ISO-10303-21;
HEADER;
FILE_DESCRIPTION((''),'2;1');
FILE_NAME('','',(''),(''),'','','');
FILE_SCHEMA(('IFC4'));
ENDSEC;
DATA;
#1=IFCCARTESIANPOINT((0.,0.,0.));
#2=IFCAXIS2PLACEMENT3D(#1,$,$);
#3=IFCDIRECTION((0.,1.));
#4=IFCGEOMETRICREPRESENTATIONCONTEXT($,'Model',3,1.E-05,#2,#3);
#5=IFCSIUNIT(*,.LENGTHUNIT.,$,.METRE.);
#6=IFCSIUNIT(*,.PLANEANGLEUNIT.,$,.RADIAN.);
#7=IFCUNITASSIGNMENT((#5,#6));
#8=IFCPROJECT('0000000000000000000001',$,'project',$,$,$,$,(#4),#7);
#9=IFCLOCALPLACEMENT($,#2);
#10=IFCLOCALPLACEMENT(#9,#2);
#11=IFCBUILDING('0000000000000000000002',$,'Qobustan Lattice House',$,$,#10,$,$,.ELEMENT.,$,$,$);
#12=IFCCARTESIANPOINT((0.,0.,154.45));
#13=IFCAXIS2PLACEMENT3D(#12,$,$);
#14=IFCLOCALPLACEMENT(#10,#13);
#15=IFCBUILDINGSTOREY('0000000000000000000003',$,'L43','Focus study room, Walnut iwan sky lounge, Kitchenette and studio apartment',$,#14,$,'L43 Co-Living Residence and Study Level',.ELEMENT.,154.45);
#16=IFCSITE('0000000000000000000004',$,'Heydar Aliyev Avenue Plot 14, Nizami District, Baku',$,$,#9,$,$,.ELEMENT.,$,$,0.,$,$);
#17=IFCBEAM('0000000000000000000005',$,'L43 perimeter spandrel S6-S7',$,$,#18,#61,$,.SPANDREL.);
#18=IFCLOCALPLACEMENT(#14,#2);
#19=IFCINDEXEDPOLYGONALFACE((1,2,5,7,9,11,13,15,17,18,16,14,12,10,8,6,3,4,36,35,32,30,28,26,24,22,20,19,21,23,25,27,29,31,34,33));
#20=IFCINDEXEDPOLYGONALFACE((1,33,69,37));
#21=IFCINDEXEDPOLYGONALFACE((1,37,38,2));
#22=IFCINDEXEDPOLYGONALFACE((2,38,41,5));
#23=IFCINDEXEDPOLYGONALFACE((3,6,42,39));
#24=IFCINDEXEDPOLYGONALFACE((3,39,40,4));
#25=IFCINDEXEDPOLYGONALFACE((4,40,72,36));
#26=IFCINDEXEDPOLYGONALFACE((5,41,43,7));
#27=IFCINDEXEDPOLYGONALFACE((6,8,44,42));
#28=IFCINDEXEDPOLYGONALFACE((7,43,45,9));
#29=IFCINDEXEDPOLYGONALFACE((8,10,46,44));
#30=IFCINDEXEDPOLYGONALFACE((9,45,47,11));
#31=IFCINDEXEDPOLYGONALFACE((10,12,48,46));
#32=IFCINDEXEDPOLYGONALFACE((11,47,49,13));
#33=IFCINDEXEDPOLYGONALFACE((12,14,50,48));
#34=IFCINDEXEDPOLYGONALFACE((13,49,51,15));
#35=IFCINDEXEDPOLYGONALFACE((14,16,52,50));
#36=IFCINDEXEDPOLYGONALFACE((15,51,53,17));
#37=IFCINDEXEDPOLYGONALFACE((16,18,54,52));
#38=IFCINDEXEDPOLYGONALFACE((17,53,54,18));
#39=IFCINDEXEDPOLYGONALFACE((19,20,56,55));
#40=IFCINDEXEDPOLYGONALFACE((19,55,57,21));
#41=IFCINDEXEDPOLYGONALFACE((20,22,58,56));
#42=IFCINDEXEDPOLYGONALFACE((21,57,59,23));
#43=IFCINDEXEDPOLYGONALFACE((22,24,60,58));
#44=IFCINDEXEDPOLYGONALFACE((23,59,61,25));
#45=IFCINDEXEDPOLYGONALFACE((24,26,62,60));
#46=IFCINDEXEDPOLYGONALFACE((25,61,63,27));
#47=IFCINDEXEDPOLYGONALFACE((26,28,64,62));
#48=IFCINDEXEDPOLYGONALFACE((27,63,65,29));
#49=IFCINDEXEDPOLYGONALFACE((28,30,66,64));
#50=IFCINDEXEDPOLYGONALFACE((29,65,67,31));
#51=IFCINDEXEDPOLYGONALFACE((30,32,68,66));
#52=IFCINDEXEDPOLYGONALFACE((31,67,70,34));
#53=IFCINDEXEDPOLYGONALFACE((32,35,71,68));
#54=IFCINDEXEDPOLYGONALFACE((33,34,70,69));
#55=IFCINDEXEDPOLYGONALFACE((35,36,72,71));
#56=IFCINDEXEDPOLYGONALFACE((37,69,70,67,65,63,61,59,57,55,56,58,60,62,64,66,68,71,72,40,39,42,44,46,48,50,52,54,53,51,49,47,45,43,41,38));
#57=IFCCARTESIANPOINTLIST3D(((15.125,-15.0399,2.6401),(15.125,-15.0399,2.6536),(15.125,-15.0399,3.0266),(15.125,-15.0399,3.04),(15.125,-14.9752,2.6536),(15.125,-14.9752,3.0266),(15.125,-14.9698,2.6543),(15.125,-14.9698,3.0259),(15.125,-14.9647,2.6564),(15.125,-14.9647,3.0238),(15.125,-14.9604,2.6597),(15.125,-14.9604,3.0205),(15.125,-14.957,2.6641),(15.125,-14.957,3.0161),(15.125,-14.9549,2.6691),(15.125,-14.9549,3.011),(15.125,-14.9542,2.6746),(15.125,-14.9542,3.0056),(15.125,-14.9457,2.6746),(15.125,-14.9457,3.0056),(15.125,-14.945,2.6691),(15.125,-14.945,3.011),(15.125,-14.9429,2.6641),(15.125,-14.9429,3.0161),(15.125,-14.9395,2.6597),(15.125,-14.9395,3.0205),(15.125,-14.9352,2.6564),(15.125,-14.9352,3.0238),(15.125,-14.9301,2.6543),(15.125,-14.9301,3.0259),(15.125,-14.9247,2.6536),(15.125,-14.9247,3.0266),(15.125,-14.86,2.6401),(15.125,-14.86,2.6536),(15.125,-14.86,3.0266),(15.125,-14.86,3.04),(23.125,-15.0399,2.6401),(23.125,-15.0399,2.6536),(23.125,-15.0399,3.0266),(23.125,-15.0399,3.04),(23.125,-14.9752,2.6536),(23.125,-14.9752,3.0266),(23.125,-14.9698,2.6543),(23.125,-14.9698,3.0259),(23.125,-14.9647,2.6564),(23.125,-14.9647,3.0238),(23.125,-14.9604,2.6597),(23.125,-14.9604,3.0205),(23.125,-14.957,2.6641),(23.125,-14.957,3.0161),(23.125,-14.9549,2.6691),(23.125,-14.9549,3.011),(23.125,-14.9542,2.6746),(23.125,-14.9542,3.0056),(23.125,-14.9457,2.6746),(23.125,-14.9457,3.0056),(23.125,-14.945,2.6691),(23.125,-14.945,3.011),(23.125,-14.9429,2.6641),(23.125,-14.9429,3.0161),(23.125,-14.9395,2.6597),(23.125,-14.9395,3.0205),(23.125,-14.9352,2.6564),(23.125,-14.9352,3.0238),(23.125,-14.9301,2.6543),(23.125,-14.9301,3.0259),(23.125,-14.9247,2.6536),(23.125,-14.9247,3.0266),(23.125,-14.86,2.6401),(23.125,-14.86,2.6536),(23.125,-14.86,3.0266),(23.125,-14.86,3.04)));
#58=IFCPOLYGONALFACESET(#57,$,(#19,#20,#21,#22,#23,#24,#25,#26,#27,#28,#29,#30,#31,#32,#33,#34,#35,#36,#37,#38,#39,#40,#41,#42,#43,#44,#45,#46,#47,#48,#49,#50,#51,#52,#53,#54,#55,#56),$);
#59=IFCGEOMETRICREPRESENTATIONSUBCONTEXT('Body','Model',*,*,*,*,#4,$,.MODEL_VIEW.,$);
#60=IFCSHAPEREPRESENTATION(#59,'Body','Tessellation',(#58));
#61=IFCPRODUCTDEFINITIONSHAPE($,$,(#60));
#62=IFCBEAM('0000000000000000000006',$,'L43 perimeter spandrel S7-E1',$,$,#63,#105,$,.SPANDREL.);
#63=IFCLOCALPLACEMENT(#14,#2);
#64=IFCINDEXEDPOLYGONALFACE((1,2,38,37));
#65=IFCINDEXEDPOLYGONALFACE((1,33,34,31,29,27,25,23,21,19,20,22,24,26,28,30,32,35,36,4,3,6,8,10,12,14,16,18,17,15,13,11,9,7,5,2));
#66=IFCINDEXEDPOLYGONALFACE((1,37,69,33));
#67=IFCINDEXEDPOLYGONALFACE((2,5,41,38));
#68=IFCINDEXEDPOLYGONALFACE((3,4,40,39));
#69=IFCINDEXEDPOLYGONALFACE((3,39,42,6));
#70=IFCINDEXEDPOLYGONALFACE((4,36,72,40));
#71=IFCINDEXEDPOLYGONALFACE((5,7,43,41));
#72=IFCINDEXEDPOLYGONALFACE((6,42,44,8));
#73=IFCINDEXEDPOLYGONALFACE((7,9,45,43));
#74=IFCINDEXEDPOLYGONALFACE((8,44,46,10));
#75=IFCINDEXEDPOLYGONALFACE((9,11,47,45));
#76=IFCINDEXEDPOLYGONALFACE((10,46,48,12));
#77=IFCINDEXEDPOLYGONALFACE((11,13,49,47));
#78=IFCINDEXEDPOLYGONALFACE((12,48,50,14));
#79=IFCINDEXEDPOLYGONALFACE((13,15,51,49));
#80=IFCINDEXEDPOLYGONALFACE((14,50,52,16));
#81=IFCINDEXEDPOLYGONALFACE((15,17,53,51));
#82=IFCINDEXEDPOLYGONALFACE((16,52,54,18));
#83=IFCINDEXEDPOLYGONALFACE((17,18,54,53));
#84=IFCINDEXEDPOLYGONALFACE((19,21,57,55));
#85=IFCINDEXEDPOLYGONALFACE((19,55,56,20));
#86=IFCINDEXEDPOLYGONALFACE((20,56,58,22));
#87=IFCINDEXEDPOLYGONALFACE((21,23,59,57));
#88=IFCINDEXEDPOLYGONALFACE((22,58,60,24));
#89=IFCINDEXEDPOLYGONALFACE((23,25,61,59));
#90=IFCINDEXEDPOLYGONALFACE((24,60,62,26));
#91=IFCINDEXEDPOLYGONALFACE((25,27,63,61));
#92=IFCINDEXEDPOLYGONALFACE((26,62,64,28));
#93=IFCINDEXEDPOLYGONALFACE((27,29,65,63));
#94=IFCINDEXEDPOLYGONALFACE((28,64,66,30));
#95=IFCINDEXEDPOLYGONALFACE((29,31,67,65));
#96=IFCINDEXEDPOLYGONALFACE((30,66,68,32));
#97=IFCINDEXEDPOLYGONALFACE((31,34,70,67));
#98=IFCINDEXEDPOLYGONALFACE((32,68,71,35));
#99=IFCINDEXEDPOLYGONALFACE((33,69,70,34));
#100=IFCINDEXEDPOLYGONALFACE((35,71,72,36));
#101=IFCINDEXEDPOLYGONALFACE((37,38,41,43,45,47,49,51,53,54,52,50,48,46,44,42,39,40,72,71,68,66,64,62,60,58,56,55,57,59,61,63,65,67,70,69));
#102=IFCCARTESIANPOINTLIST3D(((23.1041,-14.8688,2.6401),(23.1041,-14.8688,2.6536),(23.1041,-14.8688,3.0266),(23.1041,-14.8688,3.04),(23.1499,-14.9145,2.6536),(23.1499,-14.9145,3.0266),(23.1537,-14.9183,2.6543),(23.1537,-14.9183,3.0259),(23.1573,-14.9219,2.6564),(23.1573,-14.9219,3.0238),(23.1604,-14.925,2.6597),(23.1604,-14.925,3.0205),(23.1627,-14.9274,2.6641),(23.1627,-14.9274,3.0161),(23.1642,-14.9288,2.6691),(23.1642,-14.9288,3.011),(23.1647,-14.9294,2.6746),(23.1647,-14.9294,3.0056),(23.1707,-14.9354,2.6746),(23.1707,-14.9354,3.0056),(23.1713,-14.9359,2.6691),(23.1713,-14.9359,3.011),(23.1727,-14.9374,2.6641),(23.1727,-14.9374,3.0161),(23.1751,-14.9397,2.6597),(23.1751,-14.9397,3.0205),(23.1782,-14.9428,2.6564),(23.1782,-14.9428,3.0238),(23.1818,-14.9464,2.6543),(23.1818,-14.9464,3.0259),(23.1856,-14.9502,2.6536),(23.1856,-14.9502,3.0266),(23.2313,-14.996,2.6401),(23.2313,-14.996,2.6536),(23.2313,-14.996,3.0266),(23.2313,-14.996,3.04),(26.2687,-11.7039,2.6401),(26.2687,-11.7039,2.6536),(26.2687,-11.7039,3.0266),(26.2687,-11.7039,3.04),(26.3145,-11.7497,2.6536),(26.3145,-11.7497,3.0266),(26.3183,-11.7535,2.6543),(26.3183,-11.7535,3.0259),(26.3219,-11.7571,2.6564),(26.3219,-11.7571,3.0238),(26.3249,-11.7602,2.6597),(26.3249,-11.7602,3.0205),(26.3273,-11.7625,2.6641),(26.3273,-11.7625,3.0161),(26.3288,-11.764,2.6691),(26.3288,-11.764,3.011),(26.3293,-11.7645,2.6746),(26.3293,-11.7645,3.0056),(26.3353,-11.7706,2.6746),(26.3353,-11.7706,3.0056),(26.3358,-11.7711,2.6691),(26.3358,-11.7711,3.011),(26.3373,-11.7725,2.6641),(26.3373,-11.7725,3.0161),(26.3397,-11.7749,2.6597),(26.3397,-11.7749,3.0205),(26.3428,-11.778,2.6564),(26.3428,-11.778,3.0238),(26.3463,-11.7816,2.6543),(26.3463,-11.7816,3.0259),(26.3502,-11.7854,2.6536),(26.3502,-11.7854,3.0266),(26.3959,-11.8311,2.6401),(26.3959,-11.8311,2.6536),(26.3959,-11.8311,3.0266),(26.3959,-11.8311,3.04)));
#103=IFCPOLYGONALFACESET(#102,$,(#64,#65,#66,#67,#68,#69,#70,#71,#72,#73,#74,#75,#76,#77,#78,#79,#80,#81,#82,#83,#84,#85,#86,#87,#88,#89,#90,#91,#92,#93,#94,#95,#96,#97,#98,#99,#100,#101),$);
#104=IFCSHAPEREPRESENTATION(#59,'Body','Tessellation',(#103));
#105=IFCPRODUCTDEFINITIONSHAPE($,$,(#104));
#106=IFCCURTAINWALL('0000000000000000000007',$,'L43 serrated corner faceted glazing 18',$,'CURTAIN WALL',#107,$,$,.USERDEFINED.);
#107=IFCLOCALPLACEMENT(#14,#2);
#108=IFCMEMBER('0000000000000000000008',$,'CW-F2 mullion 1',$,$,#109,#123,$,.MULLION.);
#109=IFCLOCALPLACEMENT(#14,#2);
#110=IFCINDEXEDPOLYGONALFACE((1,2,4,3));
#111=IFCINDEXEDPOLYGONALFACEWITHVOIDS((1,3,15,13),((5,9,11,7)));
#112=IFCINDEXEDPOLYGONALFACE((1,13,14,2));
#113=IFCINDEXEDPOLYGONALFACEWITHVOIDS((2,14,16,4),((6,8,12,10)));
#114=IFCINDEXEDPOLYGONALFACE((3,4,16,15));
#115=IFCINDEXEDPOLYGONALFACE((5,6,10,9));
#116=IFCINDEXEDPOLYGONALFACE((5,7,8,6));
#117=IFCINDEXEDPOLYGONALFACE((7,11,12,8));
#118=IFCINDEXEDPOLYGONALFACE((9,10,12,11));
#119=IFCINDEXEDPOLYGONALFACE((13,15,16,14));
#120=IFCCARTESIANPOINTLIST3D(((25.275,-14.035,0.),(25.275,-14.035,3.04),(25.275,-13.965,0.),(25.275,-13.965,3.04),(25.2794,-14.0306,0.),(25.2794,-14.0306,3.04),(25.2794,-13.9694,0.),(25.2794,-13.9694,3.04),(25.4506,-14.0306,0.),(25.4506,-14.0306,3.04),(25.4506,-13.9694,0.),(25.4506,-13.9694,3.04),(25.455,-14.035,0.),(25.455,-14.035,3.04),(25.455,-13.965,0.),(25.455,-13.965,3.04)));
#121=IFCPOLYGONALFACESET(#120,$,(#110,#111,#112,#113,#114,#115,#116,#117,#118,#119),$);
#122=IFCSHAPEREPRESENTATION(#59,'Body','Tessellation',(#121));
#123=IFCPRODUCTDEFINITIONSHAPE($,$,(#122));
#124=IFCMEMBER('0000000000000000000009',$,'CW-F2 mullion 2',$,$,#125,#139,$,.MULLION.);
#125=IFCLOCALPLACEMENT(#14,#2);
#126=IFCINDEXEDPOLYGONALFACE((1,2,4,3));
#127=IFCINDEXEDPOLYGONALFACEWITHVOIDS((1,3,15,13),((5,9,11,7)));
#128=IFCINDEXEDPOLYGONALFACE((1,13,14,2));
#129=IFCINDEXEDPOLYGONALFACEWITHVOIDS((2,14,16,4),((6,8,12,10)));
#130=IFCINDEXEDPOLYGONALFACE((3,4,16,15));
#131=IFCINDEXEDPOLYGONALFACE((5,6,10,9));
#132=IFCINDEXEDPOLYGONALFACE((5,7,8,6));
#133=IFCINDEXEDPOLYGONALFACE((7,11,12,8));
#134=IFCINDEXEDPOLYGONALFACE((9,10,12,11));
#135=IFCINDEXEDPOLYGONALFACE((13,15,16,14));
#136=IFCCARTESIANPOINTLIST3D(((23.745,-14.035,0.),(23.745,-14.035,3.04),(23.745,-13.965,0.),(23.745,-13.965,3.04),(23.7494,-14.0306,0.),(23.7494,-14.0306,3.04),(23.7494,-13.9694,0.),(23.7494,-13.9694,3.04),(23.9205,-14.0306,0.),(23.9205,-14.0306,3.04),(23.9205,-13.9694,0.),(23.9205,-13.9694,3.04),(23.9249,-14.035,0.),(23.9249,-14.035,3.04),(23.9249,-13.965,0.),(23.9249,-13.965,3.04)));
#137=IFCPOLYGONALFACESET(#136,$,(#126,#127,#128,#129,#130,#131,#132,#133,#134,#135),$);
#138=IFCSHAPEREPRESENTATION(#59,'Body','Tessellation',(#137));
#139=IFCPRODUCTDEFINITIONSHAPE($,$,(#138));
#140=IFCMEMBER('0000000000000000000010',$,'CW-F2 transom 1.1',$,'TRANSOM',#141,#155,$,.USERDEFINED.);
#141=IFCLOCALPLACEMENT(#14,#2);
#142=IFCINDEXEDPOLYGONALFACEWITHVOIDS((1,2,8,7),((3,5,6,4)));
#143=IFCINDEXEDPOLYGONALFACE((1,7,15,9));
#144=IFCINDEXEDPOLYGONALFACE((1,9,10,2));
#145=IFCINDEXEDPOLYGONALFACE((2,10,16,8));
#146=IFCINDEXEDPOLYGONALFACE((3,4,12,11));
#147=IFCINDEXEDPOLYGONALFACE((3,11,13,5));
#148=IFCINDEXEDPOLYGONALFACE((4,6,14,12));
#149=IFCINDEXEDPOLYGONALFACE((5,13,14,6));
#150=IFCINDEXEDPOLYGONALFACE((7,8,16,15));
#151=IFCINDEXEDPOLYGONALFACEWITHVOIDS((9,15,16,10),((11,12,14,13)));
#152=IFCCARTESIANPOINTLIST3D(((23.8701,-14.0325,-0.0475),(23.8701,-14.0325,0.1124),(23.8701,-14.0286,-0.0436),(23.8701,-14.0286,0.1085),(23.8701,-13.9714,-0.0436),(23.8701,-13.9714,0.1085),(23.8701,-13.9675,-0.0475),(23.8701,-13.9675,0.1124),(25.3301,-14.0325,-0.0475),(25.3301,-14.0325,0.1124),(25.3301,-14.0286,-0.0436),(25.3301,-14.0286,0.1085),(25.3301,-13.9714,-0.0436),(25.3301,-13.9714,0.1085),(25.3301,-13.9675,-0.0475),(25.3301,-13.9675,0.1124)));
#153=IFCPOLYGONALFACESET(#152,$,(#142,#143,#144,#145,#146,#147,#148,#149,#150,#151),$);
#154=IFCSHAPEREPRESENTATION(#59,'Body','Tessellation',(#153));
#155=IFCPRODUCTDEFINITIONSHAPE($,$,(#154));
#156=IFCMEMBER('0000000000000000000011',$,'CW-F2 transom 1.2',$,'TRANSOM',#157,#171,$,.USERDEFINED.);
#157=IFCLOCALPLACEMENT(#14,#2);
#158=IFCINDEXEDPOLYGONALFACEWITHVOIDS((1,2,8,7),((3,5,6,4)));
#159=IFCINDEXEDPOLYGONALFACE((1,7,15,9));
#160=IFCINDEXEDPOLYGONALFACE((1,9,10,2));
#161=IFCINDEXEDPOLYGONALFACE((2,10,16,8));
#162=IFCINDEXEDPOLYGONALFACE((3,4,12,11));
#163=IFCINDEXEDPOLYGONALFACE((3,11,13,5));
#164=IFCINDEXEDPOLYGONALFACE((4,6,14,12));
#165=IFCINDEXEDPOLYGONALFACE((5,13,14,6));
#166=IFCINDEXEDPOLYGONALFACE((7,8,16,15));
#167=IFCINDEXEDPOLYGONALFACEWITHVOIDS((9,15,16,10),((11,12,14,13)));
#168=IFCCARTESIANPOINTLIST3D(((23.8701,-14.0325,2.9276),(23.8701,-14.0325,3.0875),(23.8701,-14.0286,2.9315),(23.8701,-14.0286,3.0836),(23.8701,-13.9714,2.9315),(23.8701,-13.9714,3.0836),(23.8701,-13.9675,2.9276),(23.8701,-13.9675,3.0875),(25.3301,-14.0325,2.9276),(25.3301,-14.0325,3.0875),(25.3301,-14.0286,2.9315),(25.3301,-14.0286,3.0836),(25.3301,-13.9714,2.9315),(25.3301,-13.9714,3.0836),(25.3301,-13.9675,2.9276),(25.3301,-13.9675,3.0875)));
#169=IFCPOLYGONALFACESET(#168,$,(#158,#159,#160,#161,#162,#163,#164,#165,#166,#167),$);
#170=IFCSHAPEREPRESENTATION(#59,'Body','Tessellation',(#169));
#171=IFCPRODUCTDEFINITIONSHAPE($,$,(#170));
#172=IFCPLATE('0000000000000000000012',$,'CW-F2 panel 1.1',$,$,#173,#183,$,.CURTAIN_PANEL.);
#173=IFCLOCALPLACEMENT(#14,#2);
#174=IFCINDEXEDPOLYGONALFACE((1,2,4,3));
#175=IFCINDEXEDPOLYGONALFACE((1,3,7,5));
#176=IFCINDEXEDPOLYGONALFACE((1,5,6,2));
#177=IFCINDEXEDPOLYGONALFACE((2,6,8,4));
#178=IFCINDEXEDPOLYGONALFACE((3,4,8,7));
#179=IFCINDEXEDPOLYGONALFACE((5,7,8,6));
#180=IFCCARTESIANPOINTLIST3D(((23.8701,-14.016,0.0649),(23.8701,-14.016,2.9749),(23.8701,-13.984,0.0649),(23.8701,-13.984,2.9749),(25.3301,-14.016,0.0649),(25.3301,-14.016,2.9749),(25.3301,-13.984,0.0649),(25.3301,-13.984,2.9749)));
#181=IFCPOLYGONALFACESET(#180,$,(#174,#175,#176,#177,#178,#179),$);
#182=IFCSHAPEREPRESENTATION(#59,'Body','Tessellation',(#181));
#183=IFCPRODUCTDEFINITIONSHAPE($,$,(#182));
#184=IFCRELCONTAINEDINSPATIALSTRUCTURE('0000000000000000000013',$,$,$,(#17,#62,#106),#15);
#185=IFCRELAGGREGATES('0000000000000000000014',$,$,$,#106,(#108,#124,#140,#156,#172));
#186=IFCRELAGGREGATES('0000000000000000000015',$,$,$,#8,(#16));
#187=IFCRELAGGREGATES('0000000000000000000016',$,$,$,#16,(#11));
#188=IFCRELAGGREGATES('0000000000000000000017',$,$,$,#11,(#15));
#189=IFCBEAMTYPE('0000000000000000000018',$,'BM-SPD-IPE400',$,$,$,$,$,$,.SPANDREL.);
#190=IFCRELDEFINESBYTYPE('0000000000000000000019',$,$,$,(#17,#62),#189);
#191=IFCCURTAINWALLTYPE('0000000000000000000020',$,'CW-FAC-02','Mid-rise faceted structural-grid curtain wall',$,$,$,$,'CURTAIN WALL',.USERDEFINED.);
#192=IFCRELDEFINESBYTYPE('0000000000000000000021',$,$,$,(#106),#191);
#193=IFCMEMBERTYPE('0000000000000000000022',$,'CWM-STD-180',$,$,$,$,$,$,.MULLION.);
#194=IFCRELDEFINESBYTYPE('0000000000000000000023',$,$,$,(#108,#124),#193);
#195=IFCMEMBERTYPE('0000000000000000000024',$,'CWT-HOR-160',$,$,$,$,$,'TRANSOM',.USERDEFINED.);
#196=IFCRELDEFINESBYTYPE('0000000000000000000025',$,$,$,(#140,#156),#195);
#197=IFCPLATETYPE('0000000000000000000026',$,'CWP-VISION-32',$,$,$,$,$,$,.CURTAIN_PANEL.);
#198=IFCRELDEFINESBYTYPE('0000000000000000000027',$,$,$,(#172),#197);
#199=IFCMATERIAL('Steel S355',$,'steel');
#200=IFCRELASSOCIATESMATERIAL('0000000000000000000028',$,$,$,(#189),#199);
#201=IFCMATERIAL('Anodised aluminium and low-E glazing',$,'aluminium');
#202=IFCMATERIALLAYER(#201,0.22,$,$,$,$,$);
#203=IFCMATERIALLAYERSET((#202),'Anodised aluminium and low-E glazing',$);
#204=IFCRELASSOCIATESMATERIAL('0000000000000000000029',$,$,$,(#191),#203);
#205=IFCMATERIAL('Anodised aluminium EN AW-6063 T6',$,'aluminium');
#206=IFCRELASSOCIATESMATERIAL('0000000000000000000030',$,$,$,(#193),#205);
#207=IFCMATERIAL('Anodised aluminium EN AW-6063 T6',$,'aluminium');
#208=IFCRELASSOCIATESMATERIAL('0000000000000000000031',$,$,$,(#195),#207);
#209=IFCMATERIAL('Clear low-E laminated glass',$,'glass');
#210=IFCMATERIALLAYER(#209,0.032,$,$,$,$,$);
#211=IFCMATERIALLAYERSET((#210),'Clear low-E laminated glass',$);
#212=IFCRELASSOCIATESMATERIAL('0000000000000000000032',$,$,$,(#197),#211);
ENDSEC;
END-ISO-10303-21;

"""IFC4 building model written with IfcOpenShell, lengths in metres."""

from ifc_helpers import new_model, si_unit, direction, frame, origin, origin_2d, place, context, subcontext, project, spatial, rectangle, hollow_rectangle, i_section, extrude, material, layer, layer_set, material_profile, profile_set, type_object, element, aggregate, save


model = new_model("IFC4")

# Units and contexts
model_context = context("Model", 3, precision=1e-05, world=origin(), true_north=direction((0.0, 1.0)))
body_context = subcontext(model_context, "Body", "Model", "MODEL_VIEW")
ifc_project = project(units=[si_unit("LENGTHUNIT", "METRE"), si_unit("PLANEANGLEUNIT", "RADIAN")], contexts=[model_context])

# Site, building, storey
site_placement = place(None, origin())
site = spatial("IfcSite", under=ifc_project, at=site_placement, Name="Heydar Aliyev Avenue Plot 14, Nizami District, Baku", CompositionType="ELEMENT", RefElevation=0.0)
building_placement = place(site_placement, origin())
building = spatial("IfcBuilding", under=site, at=building_placement, Name="Qobustan Lattice House", CompositionType="ELEMENT")
storey_placement = place(building_placement, frame((0.0, 0.0, 154.45)))
storey = spatial("IfcBuildingStorey", under=building, at=storey_placement, Name="L43", Description="Focus study room, Walnut iwan sky lounge, Kitchenette and studio apartment", LongName="L43 Co-Living Residence and Study Level", CompositionType="ELEMENT", Elevation=154.45)

# Beams
ifc_material_1 = material(Name="Steel S355", Category="steel")
ifc_material_profile_1 = material_profile(ifc_material_1, i_section(OverallWidth=0.1799, OverallDepth=0.3999, WebThickness=0.0085, FlangeThickness=0.0134, FilletRadius=0.021, at=origin_2d()), Name="IPE400")
ifc_profile_set_1 = profile_set([ifc_material_profile_1], Name="Steel S355")
beam_type_1 = type_object("IfcBeamType", Name="BM-SPD-IPE400", PredefinedType="SPANDREL", material=ifc_profile_set_1)
beam_1_placement = place(storey_placement, frame((15.125, -14.95, 2.8401), z_axis=(1.0, 0.0, 0.0), x_axis=(0.0, 1.0, 0.0)))
element("IfcBeam", 1, at=beam_1_placement, inside=storey, type_object=beam_type_1, Name="L43 perimeter spandrel S6-S7", PredefinedType="SPANDREL", context=body_context, shape_type="SweptSolid", body=[
    extrude(i_section(OverallWidth=0.1799, OverallDepth=0.3999, WebThickness=0.0085, FlangeThickness=0.0134, FilletRadius=0.021, at=origin_2d()), origin(), (0.0, 0.0, 1.0), 8.0),
])
beam_2_placement = place(storey_placement, frame((23.1677, -14.9324, 2.8401), z_axis=(0.70708, 0.707134, 0.0), x_axis=(-0.707134, 0.70708, 0.0)))
element("IfcBeam", 2, at=beam_2_placement, inside=storey, type_object=beam_type_1, Name="L43 perimeter spandrel S7-E1", PredefinedType="SPANDREL", context=body_context, shape_type="SweptSolid", body=[
    extrude(i_section(OverallWidth=0.1799, OverallDepth=0.3999, WebThickness=0.0085, FlangeThickness=0.0134, FilletRadius=0.021, at=origin_2d()), origin(), (0.0, 0.0, 1.0), 4.4756),
])

# Curtain wall, members, plate
ifc_material_2 = material(Name="Anodised aluminium and low-E glazing", Category="aluminium")
ifc_layer_1 = layer(ifc_material_2, 0.22)
ifc_layer_set_1 = layer_set([ifc_layer_1], Name="Anodised aluminium and low-E glazing")
curtain_wall_type = type_object("IfcCurtainWallType", Name="CW-FAC-02", Description="Mid-rise faceted structural-grid curtain wall", ElementType="CURTAIN WALL", PredefinedType="USERDEFINED", material=ifc_layer_set_1)
curtain_wall_placement = place(storey_placement, origin())
curtain_wall = element("IfcCurtainWall", 3, at=curtain_wall_placement, inside=storey, type_object=curtain_wall_type, Name="L43 serrated corner faceted glazing 18", ObjectType="CURTAIN WALL", PredefinedType="USERDEFINED")
ifc_material_3 = material(Name="Anodised aluminium EN AW-6063 T6", Category="aluminium")
ifc_material_profile_2 = material_profile(ifc_material_3, hollow_rectangle(XDim=0.0701, YDim=0.1799, WallThickness=0.0044, at=origin_2d()), Name="CWM-180x70")
ifc_profile_set_2 = profile_set([ifc_material_profile_2], Name="Anodised aluminium EN AW-6063 T6")
member_type_1 = type_object("IfcMemberType", Name="CWM-STD-180", PredefinedType="MULLION", material=ifc_profile_set_2)
member_1_placement = place(storey_placement, frame((25.365, -14.0, 0.0), z_axis=(0.0, 0.0, 1.0), x_axis=(0.0, -1.0, 0.0)))
member_1 = element("IfcMember", 4, at=member_1_placement, type_object=member_type_1, Name="CW-F2 mullion 1", PredefinedType="MULLION", context=body_context, shape_type="SweptSolid", body=[
    extrude(hollow_rectangle(XDim=0.0701, YDim=0.1799, WallThickness=0.0044, at=origin_2d()), origin(), (0.0, 0.0, 1.0), 3.04),
])
member_2_placement = place(storey_placement, frame((23.835, -14.0, 0.0), z_axis=(0.0, 0.0, 1.0), x_axis=(0.0, -1.0, 0.0)))
member_2 = element("IfcMember", 5, at=member_2_placement, type_object=member_type_1, Name="CW-F2 mullion 2", PredefinedType="MULLION", context=body_context, shape_type="SweptSolid", body=[
    extrude(hollow_rectangle(XDim=0.0701, YDim=0.1799, WallThickness=0.0044, at=origin_2d()), origin(), (0.0, 0.0, 1.0), 3.04),
])
ifc_material_4 = material(Name="Anodised aluminium EN AW-6063 T6", Category="aluminium")
ifc_material_profile_3 = material_profile(ifc_material_4, hollow_rectangle(XDim=0.0649, YDim=0.1599, WallThickness=0.0039, at=origin_2d()), Name="CWT-160x65")
ifc_profile_set_3 = profile_set([ifc_material_profile_3], Name="Anodised aluminium EN AW-6063 T6")
member_type_2 = type_object("IfcMemberType", Name="CWT-HOR-160", ElementType="TRANSOM", PredefinedType="USERDEFINED", material=ifc_profile_set_3)
member_3_placement = place(storey_placement, frame((25.3301, -14.0, 0.0325), z_axis=(-1.0, 0.0, 0.0), x_axis=(0.0, -1.0, 0.0)))
member_3 = element("IfcMember", 6, at=member_3_placement, type_object=member_type_2, Name="CW-F2 transom 1.1", ObjectType="TRANSOM", PredefinedType="USERDEFINED", context=body_context, shape_type="SweptSolid", body=[
    extrude(hollow_rectangle(XDim=0.0649, YDim=0.1599, WallThickness=0.0039, at=origin_2d()), origin(), (0.0, 0.0, 1.0), 1.46),
])
member_4_placement = place(storey_placement, frame((25.3301, -14.0, 3.0076), z_axis=(-1.0, 0.0, 0.0), x_axis=(0.0, -1.0, 0.0)))
member_4 = element("IfcMember", 7, at=member_4_placement, type_object=member_type_2, Name="CW-F2 transom 1.2", ObjectType="TRANSOM", PredefinedType="USERDEFINED", context=body_context, shape_type="SweptSolid", body=[
    extrude(hollow_rectangle(XDim=0.0649, YDim=0.1599, WallThickness=0.0039, at=origin_2d()), origin(), (0.0, 0.0, 1.0), 1.46),
])
ifc_material_5 = material(Name="Clear low-E laminated glass", Category="glass")
ifc_layer_2 = layer(ifc_material_5, 0.032)
ifc_layer_set_2 = layer_set([ifc_layer_2], Name="Clear low-E laminated glass")
plate_type_1 = type_object("IfcPlateType", Name="CWP-VISION-32", PredefinedType="CURTAIN_PANEL", material=ifc_layer_set_2)
plate_1_placement = place(storey_placement, frame((24.6001, -14.0, 0.0649), z_axis=(0.0, 0.0, 1.0), x_axis=(-1.0, 0.0, 0.0)))
plate_1 = element("IfcPlate", 8, at=plate_1_placement, type_object=plate_type_1, Name="CW-F2 panel 1.1", PredefinedType="CURTAIN_PANEL", context=body_context, shape_type="SweptSolid", body=[
    extrude(rectangle(XDim=1.46, YDim=0.032, at=origin_2d()), origin(), (0.0, 0.0, 1.0), 2.9099),
])
aggregate(curtain_wall, [member_1, member_2, member_3, member_4, plate_1])

save(model, "model.ifc")
